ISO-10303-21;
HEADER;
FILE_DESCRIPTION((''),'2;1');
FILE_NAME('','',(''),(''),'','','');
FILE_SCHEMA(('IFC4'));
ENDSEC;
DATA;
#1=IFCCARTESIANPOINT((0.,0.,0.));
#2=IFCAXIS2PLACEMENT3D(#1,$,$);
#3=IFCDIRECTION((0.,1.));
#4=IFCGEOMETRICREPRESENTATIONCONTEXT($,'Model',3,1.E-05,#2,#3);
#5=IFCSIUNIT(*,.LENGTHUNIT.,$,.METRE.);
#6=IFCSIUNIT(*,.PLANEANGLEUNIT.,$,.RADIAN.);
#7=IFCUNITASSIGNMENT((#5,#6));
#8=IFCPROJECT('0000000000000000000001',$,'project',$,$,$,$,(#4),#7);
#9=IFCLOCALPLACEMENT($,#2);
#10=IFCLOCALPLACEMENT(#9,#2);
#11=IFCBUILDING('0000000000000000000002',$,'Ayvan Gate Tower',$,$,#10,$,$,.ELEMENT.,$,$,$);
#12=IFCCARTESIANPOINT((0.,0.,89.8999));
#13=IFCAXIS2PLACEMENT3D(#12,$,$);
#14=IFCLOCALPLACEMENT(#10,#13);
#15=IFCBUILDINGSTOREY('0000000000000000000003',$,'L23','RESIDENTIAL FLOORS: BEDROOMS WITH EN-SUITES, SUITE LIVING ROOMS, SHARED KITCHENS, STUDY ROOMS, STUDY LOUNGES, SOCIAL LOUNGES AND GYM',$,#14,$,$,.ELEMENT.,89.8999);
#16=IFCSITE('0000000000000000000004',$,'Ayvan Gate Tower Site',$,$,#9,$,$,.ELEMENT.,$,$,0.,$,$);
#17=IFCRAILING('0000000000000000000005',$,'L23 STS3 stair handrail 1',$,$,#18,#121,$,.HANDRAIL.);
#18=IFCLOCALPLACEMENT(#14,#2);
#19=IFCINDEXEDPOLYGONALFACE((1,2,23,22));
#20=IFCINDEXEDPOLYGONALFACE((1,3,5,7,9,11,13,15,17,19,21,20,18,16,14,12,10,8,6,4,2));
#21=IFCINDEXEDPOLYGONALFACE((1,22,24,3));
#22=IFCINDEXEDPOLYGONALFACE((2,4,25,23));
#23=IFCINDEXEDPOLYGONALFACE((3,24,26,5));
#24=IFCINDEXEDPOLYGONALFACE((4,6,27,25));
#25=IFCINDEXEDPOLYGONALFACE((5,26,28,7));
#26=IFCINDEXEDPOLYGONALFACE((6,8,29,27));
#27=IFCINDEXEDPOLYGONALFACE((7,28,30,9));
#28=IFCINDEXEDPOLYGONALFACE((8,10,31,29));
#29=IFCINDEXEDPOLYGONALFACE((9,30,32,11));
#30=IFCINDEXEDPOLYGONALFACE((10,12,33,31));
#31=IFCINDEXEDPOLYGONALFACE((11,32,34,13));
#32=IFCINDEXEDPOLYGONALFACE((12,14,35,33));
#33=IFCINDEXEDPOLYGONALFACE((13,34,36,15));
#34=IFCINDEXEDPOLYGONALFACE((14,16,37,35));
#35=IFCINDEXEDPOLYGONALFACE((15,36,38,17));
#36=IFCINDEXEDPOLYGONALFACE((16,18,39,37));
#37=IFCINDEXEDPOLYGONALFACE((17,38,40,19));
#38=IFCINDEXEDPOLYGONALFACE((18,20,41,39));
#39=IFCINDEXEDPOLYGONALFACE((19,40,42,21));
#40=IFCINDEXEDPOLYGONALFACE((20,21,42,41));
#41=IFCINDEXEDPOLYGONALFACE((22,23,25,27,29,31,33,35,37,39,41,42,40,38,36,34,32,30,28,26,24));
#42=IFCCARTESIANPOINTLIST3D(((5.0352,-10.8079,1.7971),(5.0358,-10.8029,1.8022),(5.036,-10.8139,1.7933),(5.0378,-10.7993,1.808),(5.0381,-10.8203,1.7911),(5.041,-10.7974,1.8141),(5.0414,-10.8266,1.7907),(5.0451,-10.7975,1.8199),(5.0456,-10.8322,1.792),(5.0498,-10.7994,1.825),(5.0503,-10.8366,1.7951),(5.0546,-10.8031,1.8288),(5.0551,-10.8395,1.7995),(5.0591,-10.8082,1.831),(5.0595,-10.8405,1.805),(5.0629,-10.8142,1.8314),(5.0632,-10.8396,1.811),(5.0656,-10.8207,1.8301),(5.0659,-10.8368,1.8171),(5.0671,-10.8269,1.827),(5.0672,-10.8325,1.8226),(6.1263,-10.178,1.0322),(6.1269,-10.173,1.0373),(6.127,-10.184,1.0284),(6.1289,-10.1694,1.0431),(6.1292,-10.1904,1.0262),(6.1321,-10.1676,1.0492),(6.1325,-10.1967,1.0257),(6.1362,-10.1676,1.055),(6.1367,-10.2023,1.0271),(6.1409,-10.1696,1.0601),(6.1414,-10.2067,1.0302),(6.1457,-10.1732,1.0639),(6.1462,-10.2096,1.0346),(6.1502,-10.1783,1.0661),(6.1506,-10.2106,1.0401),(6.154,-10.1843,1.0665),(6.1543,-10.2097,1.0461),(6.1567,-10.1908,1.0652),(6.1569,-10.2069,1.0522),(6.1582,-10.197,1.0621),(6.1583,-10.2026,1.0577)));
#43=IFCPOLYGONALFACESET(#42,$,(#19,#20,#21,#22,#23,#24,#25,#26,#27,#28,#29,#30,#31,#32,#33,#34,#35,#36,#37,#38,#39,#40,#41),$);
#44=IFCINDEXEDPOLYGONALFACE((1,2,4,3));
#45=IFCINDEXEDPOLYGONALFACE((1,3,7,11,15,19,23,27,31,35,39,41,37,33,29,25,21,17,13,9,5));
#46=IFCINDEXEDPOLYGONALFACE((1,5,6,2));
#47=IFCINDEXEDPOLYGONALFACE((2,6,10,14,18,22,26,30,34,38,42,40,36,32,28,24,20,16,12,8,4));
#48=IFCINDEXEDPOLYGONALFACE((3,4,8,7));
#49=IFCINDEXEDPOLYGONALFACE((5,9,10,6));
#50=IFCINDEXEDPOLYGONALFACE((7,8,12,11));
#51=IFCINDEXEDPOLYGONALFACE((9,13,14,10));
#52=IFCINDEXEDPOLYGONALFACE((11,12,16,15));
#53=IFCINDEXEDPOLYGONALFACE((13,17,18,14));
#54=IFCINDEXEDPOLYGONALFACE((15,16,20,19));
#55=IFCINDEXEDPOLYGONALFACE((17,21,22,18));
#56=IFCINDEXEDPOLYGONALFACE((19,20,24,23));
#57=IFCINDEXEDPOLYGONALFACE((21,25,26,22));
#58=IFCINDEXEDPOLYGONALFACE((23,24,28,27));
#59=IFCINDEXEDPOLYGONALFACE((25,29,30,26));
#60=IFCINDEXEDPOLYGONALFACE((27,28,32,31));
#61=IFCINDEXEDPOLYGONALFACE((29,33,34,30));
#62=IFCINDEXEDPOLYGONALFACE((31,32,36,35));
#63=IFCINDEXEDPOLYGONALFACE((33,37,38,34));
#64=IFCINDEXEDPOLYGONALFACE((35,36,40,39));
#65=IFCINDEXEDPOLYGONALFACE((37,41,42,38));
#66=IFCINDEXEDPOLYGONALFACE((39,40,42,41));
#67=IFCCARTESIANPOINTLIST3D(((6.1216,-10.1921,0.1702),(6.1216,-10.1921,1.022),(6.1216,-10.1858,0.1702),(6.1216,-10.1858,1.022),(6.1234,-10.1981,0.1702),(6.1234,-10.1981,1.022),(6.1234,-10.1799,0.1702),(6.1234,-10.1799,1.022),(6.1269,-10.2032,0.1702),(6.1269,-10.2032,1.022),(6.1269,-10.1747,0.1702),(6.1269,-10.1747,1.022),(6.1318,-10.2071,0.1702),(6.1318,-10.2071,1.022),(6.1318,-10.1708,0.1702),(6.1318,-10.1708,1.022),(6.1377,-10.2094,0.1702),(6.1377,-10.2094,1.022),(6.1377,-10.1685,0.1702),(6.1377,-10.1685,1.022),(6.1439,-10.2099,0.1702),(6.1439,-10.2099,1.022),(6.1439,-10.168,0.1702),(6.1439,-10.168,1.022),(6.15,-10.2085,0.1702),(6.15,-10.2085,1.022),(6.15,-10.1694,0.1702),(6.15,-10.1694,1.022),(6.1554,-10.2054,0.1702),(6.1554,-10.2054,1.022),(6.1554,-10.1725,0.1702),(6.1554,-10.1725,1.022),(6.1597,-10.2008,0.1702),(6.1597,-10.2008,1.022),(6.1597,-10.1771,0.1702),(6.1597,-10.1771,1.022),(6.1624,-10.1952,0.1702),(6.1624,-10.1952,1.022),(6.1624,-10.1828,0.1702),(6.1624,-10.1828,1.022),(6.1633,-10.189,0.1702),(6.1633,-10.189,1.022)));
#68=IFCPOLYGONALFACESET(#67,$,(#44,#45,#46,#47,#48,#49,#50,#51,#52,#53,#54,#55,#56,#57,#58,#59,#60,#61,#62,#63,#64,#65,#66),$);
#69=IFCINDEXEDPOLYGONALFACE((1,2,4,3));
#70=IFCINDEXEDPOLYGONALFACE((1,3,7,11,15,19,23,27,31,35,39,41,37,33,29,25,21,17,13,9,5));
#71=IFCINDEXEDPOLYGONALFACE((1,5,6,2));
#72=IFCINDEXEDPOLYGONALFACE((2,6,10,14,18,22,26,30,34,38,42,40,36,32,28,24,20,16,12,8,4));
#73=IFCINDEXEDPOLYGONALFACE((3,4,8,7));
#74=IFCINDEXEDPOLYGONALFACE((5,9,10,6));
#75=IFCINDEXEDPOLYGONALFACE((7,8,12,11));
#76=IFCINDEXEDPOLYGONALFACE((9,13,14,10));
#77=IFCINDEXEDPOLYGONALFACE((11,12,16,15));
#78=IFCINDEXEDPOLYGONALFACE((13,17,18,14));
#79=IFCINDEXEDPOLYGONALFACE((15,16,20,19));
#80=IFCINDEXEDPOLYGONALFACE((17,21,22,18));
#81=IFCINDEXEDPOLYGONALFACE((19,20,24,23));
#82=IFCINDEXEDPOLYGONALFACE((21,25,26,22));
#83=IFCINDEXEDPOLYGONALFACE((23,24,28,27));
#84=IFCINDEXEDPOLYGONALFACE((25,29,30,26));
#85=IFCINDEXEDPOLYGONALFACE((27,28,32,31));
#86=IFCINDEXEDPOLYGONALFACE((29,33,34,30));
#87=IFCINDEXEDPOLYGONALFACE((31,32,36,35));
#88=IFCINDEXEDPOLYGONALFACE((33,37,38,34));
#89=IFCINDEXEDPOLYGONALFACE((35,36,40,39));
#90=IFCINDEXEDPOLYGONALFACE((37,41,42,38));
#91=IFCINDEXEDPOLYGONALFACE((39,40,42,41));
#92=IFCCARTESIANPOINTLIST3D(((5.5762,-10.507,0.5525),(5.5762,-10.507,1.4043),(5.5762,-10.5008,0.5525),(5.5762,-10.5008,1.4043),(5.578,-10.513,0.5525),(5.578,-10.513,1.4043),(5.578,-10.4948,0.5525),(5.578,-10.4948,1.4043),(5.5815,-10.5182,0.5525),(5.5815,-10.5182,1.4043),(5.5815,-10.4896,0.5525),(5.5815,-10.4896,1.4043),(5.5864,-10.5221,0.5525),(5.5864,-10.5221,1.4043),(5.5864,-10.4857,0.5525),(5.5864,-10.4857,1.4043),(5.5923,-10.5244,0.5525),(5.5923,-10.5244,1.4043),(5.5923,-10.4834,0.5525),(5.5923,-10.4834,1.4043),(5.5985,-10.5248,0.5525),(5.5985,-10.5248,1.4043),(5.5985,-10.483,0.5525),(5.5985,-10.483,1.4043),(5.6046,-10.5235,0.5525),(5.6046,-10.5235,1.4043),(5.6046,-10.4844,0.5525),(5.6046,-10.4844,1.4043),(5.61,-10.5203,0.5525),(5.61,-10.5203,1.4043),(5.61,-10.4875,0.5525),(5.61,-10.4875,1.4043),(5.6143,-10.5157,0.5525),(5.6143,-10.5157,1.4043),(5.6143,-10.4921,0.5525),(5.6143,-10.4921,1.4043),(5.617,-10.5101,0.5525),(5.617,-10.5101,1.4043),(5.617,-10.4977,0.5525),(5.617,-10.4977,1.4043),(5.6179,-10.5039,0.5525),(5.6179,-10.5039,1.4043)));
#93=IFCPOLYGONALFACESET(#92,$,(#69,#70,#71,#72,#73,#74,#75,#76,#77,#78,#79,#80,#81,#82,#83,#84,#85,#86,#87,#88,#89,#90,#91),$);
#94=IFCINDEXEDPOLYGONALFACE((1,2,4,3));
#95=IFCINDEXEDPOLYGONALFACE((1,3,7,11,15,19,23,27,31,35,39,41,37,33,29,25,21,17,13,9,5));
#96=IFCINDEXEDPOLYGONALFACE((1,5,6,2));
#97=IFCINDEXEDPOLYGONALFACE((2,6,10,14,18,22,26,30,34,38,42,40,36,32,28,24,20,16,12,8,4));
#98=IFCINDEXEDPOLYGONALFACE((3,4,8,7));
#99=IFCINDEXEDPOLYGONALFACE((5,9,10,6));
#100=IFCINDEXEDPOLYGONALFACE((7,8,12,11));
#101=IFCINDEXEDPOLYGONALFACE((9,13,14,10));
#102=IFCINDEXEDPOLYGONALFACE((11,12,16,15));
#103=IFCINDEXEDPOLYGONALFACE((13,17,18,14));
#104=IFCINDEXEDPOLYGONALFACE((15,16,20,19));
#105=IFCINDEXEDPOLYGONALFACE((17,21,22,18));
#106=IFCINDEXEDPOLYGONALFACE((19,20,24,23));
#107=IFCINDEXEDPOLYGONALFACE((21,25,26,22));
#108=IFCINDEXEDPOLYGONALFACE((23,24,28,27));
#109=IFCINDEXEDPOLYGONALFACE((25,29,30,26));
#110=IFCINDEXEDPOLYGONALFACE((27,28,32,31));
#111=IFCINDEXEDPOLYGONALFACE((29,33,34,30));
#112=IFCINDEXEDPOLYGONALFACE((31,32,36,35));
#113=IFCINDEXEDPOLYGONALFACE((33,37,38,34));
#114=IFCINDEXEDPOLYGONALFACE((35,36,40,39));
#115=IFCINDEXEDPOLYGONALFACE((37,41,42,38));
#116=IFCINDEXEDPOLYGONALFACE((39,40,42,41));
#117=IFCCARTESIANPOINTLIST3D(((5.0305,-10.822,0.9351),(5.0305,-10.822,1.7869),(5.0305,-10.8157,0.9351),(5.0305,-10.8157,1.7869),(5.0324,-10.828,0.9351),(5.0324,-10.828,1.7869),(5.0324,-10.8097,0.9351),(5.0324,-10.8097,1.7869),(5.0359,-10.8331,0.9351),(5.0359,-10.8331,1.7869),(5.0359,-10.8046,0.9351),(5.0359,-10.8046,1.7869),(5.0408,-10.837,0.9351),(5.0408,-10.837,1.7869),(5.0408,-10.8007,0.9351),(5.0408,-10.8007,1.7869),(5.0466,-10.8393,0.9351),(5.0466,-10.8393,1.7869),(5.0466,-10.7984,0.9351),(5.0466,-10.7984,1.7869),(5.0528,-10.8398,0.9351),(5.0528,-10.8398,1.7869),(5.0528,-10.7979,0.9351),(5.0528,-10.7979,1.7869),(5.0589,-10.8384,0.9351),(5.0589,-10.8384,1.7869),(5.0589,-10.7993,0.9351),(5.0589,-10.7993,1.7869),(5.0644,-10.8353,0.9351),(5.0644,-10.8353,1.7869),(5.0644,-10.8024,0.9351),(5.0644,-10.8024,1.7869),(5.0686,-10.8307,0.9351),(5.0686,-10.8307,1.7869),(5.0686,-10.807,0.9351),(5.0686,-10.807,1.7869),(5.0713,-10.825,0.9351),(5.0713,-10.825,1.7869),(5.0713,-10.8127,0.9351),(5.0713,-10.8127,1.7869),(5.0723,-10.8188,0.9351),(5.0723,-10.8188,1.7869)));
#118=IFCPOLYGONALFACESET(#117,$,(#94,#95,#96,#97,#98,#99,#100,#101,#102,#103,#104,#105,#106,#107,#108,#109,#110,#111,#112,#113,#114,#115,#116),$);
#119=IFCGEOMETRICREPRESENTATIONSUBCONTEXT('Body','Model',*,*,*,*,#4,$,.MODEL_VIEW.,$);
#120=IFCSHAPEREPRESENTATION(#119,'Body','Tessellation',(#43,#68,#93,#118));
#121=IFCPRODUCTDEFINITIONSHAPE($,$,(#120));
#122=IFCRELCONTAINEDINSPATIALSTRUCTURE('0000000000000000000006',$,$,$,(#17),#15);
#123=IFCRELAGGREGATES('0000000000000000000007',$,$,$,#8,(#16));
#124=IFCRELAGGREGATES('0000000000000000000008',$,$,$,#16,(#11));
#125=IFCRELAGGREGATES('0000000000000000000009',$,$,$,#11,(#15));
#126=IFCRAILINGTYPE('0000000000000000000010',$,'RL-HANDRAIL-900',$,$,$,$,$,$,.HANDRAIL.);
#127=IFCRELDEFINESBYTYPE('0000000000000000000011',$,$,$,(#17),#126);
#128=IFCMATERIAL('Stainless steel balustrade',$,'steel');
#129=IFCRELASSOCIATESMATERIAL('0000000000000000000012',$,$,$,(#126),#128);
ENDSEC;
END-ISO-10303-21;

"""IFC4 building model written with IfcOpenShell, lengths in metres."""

from ifc_helpers import new_model, si_unit, direction, frame, origin, origin_2d, place, context, subcontext, project, spatial, circle, extrude, material, type_object, element, save


model = new_model("IFC4")

# Units and contexts
model_context = context("Model", 3, precision=1e-05, world=origin(), true_north=direction((0.0, 1.0)))
body_context = subcontext(model_context, "Body", "Model", "MODEL_VIEW")
ifc_project = project(units=[si_unit("LENGTHUNIT", "METRE"), si_unit("PLANEANGLEUNIT", "RADIAN")], contexts=[model_context])

# Site, building, storey
site_placement = place(None, origin())
site = spatial("IfcSite", under=ifc_project, at=site_placement, Name="Ayvan Gate Tower Site", CompositionType="ELEMENT", RefElevation=0.0)
building_placement = place(site_placement, origin())
building = spatial("IfcBuilding", under=site, at=building_placement, Name="Ayvan Gate Tower", CompositionType="ELEMENT")
storey_placement = place(building_placement, frame((0.0, 0.0, 89.8999)))
storey = spatial("IfcBuildingStorey", under=building, at=storey_placement, Name="L23", Description="RESIDENTIAL FLOORS: BEDROOMS WITH EN-SUITES, SUITE LIVING ROOMS, SHARED KITCHENS, STUDY ROOMS, STUDY LOUNGES, SOCIAL LOUNGES AND GYM", CompositionType="ELEMENT", Elevation=89.8999)

# Railing
ifc_material_1 = material(Name="Stainless steel balustrade", Category="steel")
railing_type_1 = type_object("IfcRailingType", Name="RL-HANDRAIL-900", PredefinedType="HANDRAIL", material=ifc_material_1)
railing_1_placement = place(storey_placement, frame((6.1423, -10.189, 0.1702)))
element("IfcRailing", 1, at=railing_1_placement, inside=storey, type_object=railing_type_1, Name="L23 STS3 stair handrail 1", PredefinedType="HANDRAIL", context=body_context, shape_type="SweptSolid", body=[
    extrude(circle(Radius=0.0239, at=origin_2d()), frame((0.0, 0.0, 0.876), z_axis=(-0.740282, -0.427372, 0.518976), x_axis=(0.499974, -0.86604, 0.0)), (0.0, 0.0, 1.0), 1.4739),
    extrude(circle(Radius=0.021, at=origin_2d()), origin(), (0.0, 0.0, 1.0), 0.8518),
    extrude(circle(Radius=0.021, at=origin_2d()), frame((-0.5454, -0.3149, 0.3823)), (0.0, 0.0, 1.0), 0.8518),
    extrude(circle(Radius=0.021, at=origin_2d()), frame((-1.0911, -0.6299, 0.7649)), (0.0, 0.0, 1.0), 0.8518),
])

save(model, "model.ifc")
